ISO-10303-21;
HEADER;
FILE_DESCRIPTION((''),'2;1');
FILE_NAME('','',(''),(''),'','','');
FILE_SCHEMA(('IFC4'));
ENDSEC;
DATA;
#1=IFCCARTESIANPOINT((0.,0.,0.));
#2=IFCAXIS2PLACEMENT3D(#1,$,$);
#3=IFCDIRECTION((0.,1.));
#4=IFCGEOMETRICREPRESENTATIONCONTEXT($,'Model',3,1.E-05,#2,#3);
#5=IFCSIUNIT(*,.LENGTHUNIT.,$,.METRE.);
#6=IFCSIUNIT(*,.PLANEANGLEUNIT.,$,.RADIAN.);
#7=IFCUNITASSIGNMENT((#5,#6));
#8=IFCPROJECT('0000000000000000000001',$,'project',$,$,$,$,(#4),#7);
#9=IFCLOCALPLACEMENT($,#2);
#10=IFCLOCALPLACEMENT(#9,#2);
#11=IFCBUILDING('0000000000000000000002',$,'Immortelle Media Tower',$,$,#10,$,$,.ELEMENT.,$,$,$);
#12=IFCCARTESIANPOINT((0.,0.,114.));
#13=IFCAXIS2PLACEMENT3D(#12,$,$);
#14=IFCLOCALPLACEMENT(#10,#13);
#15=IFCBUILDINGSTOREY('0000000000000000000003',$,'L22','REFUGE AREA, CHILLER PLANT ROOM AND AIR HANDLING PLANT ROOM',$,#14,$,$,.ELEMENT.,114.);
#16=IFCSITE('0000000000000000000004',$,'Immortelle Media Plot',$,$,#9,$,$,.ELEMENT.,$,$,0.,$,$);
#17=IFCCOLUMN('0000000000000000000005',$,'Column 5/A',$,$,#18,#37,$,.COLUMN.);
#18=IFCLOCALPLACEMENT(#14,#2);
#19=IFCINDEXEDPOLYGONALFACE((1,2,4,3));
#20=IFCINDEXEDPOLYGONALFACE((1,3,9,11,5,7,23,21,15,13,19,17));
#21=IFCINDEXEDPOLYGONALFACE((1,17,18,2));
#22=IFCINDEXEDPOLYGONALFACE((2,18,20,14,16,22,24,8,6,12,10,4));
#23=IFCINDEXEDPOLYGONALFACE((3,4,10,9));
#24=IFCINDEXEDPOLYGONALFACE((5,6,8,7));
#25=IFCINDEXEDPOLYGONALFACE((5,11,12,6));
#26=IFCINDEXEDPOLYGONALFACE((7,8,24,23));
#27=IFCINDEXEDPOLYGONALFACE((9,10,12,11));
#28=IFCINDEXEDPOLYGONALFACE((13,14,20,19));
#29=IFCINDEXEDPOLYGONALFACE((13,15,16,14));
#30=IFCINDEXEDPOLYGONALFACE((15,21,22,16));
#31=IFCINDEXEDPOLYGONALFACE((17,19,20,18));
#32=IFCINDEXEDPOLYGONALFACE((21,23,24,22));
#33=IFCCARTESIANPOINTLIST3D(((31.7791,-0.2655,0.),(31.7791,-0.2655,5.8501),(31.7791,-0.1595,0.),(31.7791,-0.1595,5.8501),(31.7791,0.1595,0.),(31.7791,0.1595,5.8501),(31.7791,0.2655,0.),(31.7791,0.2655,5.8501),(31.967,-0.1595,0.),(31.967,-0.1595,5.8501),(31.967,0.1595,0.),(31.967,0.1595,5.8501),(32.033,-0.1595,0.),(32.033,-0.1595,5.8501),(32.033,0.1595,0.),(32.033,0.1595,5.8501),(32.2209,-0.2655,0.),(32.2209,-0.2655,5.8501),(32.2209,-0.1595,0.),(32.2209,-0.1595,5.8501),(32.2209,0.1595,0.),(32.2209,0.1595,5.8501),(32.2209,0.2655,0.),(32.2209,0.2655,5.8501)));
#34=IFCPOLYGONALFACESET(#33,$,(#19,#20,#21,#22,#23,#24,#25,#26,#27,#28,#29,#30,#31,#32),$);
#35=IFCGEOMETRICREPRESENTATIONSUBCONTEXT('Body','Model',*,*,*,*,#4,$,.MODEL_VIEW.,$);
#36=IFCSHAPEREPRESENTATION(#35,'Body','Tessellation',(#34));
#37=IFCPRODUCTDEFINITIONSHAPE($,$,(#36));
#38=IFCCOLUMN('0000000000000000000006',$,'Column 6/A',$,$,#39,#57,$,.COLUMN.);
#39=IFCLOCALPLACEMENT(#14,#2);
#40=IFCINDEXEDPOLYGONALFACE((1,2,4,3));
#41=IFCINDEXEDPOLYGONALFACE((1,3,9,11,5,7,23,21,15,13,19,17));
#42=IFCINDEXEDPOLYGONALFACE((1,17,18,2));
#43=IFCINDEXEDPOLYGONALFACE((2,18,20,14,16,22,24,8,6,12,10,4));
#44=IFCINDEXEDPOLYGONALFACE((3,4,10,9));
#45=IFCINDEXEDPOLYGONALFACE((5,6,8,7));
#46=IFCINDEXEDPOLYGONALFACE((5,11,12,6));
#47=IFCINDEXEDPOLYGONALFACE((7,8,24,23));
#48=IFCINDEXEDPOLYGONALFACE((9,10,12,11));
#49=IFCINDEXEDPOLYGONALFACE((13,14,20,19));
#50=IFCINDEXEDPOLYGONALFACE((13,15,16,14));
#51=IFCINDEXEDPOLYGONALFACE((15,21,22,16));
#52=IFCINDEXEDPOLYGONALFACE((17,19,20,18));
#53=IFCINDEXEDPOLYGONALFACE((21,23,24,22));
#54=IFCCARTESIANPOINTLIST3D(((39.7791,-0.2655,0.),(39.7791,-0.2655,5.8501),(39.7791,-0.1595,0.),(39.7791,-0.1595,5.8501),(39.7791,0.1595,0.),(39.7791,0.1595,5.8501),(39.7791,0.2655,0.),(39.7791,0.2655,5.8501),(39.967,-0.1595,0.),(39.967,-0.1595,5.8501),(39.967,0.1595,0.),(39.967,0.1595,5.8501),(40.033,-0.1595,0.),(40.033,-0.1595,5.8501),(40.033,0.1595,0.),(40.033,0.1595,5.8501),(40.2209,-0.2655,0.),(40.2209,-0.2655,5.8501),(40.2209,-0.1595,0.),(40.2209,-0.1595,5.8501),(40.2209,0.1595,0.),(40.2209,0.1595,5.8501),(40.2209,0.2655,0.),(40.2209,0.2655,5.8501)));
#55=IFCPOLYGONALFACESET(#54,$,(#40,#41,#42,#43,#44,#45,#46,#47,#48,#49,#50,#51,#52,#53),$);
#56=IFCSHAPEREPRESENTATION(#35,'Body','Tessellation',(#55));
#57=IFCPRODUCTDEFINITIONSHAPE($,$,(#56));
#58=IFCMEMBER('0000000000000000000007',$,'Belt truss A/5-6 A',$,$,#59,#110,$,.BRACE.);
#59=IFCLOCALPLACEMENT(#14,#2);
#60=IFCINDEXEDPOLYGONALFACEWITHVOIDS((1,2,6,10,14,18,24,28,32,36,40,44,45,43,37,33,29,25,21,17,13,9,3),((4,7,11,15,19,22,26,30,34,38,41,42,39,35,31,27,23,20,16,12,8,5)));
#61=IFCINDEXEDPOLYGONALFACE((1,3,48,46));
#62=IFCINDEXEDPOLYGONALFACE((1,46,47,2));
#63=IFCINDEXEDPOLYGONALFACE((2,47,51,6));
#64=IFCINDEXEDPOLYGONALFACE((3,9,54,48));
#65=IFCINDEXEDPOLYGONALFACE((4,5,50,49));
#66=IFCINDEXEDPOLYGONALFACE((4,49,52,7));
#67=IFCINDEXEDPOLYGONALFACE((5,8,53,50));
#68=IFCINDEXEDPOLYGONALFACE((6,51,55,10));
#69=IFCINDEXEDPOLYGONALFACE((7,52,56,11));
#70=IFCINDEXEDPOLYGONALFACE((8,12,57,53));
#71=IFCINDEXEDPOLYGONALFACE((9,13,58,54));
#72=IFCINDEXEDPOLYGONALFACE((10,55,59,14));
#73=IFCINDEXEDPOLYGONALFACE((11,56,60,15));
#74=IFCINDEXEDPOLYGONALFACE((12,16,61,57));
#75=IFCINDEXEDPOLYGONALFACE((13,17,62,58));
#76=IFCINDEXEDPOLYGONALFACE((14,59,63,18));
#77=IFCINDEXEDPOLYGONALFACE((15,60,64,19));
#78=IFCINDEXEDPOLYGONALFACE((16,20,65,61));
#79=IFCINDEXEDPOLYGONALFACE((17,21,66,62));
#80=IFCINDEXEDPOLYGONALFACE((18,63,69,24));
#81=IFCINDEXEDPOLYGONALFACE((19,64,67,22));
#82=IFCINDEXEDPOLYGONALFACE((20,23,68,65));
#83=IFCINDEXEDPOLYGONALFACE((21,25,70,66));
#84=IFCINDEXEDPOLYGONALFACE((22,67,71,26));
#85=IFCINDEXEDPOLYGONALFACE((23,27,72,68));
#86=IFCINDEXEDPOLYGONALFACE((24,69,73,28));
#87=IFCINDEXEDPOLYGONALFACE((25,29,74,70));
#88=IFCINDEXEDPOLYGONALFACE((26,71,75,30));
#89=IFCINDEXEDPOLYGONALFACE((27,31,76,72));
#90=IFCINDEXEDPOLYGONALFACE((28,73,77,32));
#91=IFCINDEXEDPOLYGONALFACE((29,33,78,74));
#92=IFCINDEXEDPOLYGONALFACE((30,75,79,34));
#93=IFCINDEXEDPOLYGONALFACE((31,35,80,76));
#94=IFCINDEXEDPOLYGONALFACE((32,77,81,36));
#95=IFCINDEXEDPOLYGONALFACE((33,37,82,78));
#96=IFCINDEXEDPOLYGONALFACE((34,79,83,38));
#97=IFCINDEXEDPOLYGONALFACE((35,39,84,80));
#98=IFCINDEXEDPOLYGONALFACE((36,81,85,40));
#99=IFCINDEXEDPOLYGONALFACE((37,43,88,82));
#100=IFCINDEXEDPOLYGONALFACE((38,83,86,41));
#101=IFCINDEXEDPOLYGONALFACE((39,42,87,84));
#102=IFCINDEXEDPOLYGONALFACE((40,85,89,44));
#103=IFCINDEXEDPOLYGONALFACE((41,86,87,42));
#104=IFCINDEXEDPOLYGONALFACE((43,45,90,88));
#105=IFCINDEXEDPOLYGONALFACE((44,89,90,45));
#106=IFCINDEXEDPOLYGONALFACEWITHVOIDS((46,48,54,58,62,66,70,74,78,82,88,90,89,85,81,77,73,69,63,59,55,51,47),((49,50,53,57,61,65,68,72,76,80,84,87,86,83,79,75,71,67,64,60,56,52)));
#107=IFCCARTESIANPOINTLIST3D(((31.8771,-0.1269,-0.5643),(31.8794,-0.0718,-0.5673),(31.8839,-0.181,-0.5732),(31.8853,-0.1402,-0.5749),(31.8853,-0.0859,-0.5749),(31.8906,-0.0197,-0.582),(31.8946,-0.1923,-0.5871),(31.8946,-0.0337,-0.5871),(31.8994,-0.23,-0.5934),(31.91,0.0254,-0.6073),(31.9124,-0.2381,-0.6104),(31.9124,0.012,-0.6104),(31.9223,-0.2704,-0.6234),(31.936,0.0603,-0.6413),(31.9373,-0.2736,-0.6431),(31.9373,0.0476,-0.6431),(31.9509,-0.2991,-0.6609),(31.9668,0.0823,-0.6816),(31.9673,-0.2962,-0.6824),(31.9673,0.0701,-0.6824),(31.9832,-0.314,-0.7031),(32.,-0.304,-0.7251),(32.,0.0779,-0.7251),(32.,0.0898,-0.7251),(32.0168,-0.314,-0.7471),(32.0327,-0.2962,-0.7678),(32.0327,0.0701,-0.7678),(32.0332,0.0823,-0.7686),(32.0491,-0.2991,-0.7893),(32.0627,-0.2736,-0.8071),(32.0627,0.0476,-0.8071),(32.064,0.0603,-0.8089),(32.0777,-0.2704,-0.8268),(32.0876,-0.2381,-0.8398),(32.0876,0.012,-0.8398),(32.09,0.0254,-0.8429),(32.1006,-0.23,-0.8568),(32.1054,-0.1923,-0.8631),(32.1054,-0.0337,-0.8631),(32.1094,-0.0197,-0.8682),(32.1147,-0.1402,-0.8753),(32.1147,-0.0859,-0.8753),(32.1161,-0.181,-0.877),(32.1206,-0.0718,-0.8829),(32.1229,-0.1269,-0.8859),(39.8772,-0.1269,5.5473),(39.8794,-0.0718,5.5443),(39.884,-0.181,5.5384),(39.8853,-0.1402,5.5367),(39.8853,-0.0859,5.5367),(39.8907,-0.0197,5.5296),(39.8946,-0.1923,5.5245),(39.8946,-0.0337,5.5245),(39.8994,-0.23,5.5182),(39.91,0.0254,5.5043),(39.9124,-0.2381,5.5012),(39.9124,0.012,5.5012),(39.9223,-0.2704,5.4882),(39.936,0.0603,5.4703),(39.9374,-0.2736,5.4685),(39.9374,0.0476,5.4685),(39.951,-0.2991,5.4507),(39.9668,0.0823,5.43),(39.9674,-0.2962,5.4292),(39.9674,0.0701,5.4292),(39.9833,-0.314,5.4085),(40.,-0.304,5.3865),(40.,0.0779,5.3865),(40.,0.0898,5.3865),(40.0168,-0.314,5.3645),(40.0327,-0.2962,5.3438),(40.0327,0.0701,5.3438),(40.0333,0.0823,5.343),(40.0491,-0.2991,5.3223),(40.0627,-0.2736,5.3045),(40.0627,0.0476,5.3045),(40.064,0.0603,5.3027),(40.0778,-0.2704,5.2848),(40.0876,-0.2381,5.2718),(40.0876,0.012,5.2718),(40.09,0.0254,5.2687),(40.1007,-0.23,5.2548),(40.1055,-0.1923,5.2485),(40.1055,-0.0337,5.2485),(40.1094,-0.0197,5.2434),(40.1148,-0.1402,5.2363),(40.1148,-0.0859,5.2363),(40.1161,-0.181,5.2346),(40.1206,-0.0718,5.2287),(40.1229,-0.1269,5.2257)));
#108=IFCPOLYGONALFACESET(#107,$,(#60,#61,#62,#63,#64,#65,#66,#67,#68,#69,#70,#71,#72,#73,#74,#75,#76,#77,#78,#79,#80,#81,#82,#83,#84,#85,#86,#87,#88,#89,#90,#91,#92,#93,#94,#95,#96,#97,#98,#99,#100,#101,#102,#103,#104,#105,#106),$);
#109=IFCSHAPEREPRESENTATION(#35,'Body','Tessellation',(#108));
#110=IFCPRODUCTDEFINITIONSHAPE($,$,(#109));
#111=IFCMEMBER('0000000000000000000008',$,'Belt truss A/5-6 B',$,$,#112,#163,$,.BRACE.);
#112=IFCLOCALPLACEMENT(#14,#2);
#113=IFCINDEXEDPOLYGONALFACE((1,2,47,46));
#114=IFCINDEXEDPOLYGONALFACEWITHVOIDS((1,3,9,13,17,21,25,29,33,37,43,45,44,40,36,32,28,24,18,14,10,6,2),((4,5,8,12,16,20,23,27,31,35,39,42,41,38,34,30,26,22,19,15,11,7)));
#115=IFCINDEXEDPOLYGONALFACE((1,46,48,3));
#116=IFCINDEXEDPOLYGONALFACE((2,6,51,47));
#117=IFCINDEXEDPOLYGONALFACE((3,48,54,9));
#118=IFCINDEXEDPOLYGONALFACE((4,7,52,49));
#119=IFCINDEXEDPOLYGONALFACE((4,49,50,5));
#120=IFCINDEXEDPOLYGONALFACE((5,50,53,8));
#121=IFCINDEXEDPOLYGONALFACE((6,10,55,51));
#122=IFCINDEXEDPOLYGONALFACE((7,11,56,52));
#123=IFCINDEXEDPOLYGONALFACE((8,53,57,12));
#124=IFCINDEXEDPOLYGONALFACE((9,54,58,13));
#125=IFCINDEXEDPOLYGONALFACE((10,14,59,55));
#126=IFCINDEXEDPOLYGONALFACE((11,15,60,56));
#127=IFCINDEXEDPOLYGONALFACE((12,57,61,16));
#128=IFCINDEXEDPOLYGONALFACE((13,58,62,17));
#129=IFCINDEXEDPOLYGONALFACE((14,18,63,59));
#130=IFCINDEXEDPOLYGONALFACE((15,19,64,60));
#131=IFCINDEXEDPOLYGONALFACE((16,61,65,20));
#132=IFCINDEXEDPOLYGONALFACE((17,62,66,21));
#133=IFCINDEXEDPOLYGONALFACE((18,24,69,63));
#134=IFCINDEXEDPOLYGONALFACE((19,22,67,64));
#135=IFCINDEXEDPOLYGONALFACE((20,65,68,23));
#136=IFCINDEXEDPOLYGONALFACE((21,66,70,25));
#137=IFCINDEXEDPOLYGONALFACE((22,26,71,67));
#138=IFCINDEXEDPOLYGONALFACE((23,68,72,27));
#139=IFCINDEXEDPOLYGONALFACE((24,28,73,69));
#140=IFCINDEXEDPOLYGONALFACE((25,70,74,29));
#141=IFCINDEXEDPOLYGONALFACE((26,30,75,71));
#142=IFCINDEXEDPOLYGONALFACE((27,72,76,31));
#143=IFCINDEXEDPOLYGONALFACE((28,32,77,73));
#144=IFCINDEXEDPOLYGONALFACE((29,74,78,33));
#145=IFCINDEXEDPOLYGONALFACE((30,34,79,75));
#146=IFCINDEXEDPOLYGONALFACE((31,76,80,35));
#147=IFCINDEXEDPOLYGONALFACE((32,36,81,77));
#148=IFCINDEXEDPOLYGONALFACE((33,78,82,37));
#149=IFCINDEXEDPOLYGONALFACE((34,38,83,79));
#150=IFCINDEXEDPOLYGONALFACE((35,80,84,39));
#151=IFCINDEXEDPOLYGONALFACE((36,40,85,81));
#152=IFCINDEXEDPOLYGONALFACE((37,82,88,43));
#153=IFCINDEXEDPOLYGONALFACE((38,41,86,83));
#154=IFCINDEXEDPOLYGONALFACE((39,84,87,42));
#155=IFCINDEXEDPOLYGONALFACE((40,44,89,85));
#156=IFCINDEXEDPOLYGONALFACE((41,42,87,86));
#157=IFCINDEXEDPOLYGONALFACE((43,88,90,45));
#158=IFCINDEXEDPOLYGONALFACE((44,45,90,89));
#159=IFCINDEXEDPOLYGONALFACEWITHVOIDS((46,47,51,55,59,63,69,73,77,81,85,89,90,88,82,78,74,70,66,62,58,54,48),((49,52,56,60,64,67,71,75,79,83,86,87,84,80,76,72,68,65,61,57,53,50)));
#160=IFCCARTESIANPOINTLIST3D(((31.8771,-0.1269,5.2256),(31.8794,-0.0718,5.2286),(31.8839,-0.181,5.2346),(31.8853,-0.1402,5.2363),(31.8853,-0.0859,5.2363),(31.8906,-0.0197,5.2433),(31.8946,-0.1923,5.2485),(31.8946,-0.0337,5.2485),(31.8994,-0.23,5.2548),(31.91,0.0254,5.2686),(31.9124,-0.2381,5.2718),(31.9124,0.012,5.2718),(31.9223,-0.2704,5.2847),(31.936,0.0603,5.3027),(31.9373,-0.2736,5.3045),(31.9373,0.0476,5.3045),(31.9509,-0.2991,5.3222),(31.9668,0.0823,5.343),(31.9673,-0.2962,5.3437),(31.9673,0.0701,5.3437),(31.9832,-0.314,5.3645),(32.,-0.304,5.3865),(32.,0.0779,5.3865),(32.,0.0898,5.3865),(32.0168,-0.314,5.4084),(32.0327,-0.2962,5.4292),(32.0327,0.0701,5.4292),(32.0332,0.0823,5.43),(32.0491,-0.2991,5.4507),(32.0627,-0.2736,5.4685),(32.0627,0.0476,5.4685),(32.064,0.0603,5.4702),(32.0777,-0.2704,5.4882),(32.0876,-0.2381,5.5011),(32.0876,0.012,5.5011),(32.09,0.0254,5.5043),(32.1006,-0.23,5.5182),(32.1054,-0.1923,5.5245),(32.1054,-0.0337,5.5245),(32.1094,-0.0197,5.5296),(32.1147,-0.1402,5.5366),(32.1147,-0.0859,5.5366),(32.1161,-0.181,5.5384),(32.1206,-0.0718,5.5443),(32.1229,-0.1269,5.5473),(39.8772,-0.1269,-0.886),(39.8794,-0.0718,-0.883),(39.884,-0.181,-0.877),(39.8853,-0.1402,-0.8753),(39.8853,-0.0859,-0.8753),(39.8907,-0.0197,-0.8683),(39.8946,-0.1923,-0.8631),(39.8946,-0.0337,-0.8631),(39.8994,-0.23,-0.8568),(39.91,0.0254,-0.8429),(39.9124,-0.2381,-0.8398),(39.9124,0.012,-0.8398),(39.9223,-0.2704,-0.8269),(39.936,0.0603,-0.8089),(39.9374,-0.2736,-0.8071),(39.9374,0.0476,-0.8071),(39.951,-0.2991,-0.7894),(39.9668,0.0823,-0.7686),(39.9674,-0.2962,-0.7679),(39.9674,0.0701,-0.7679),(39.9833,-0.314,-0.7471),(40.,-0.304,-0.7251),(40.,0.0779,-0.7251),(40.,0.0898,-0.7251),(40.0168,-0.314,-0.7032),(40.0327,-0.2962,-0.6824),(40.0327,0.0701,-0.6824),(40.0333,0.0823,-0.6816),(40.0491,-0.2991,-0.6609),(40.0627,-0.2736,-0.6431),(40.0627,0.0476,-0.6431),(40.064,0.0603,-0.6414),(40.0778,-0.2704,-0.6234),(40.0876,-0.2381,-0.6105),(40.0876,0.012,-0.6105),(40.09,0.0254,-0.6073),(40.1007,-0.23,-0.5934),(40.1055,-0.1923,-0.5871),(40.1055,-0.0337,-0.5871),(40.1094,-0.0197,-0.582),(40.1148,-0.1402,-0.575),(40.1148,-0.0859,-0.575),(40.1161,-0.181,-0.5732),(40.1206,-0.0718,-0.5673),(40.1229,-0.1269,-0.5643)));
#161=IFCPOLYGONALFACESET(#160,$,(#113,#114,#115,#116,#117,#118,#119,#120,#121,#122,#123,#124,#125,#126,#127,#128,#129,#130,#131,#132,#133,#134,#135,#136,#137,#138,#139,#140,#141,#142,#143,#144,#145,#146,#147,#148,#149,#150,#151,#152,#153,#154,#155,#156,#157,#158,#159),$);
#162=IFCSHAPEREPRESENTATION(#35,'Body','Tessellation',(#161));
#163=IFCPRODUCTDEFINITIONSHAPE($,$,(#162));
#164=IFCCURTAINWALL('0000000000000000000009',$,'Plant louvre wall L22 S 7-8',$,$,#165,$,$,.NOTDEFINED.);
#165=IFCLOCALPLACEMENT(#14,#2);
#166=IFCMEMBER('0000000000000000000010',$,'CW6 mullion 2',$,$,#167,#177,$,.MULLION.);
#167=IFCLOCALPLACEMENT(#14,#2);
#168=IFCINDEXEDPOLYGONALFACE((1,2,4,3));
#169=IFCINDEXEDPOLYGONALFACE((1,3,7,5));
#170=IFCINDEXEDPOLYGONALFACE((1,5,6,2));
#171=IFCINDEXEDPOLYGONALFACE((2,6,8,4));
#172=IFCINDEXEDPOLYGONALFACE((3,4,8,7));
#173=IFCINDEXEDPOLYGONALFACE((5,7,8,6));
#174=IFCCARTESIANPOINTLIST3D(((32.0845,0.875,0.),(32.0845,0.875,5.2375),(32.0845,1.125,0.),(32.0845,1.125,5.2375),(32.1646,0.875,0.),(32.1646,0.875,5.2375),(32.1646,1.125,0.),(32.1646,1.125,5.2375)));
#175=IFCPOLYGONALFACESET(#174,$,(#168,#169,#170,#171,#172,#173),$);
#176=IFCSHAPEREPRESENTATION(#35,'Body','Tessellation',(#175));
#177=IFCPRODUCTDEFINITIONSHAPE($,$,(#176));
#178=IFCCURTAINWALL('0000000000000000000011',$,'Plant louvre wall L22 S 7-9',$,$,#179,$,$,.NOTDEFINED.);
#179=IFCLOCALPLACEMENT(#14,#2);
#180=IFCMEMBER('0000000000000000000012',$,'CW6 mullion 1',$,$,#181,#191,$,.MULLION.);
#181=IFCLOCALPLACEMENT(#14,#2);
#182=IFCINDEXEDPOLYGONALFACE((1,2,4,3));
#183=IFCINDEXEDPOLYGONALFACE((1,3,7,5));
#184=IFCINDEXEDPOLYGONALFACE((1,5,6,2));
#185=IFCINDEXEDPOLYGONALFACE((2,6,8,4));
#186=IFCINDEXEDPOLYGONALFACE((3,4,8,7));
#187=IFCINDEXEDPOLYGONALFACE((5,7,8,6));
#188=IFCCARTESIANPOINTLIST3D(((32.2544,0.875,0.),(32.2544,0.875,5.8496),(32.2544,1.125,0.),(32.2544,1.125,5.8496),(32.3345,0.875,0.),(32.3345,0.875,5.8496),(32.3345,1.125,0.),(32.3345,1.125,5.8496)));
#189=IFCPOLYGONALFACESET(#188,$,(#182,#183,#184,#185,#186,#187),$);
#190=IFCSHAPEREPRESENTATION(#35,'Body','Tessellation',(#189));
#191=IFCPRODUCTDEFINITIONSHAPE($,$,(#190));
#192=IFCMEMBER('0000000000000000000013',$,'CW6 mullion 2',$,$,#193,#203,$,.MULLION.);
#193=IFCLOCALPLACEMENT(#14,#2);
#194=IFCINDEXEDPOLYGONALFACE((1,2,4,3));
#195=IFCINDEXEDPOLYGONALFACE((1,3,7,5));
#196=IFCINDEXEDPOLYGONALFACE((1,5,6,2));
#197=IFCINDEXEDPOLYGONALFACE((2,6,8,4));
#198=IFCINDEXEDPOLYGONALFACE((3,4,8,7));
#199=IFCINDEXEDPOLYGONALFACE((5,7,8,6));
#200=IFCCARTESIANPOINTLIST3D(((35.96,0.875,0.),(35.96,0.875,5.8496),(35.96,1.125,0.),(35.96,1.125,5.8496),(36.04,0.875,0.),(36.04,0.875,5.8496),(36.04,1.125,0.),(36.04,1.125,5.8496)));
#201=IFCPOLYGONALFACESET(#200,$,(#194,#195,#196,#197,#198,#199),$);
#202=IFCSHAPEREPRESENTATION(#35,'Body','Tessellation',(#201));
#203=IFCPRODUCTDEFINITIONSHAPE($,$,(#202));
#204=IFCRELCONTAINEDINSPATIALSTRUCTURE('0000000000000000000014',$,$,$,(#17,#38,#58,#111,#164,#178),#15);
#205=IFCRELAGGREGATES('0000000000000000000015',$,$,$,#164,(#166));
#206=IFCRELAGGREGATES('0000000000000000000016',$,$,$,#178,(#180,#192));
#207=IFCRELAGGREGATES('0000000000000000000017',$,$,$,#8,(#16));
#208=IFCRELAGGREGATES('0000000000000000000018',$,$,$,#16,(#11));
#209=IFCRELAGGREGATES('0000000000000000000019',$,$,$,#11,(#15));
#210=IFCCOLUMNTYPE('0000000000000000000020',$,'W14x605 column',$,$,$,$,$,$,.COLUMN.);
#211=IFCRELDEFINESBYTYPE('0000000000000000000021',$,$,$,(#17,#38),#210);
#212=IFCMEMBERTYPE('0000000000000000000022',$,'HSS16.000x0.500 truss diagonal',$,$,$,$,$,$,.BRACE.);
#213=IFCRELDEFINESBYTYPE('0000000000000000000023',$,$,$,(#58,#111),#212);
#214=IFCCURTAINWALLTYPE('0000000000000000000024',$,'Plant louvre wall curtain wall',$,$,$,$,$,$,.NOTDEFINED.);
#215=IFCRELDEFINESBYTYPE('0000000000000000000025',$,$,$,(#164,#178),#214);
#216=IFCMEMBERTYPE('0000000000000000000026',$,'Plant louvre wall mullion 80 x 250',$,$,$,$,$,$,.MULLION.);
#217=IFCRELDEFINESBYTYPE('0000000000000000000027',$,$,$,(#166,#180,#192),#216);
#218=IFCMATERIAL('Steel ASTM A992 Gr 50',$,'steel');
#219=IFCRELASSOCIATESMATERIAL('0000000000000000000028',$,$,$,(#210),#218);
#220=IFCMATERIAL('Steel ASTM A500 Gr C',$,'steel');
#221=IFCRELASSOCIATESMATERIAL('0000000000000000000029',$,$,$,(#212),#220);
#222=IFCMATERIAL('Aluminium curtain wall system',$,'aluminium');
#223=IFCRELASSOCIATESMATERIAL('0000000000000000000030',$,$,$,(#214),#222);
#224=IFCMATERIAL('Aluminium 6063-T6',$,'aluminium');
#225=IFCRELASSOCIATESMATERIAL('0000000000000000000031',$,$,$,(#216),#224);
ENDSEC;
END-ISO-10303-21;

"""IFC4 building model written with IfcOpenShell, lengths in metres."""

from ifc_helpers import new_model, si_unit, direction, frame, origin, origin_2d, place, context, subcontext, project, spatial, rectangle, hollow_circle, i_section, extrude, material, material_profile, profile_set, type_object, element, aggregate, save


model = new_model("IFC4")

# Units and contexts
model_context = context("Model", 3, precision=1e-05, world=origin(), true_north=direction((0.0, 1.0)))
body_context = subcontext(model_context, "Body", "Model", "MODEL_VIEW")
ifc_project = project(units=[si_unit("LENGTHUNIT", "METRE"), si_unit("PLANEANGLEUNIT", "RADIAN")], contexts=[model_context])

# Site, building, storey
site_placement = place(None, origin())
site = spatial("IfcSite", under=ifc_project, at=site_placement, Name="Immortelle Media Plot", CompositionType="ELEMENT", RefElevation=0.0)
building_placement = place(site_placement, origin())
building = spatial("IfcBuilding", under=site, at=building_placement, Name="Immortelle Media Tower", CompositionType="ELEMENT")
storey_placement = place(building_placement, frame((0.0, 0.0, 114.0)))
storey = spatial("IfcBuildingStorey", under=building, at=storey_placement, Name="L22", Description="REFUGE AREA, CHILLER PLANT ROOM AND AIR HANDLING PLANT ROOM", CompositionType="ELEMENT", Elevation=114.0)

# Columns
ifc_material_1 = material(Name="Steel ASTM A992 Gr 50", Category="steel")
ifc_material_profile_1 = material_profile(ifc_material_1, i_section(OverallWidth=0.4419, OverallDepth=0.531, WebThickness=0.0659, FlangeThickness=0.106, at=origin_2d()), Name="W14x605")
ifc_profile_set_1 = profile_set([ifc_material_profile_1], Name="Steel ASTM A992 Gr 50")
column_type = type_object("IfcColumnType", Name="W14x605 column", PredefinedType="COLUMN", material=ifc_profile_set_1)
for number, where, z_axis, x_axis, name in (
    (1, (32.0, 0.0, 0.0), (0.0, 0.0, 1.0), (1.0, 0.0, 0.0), "Column 5/A"),
    (2, (40.0, 0.0, 0.0), (0.0, 0.0, 1.0), (1.0, 0.0, 0.0), "Column 6/A"),
):
    element("IfcColumn", number, at=place(storey_placement, frame(where, z_axis=z_axis, x_axis=x_axis)), inside=storey, type_object=column_type, Name=name, PredefinedType="COLUMN", context=body_context, shape_type="SweptSolid", body=[
        extrude(i_section(OverallWidth=0.4419, OverallDepth=0.531, WebThickness=0.0659, FlangeThickness=0.106, at=origin_2d()), origin(), (0.0, 0.0, 1.0), 5.8501),
    ])

# Members
ifc_material_2 = material(Name="Steel ASTM A500 Gr C", Category="steel")
ifc_material_profile_2 = material_profile(ifc_material_2, hollow_circle(Radius=0.2029, WallThickness=0.012, at=origin_2d()), Name="HSS16.000x0.500 truss diagonal")
ifc_profile_set_2 = profile_set([ifc_material_profile_2], Name="Steel ASTM A500 Gr C")
member_type_1 = type_object("IfcMemberType", Name="HSS16.000x0.500 truss diagonal", PredefinedType="BRACE", material=ifc_profile_set_2)
for number, where, z_axis, x_axis, name in (
    (3, (32.0, -0.113, -0.7251), (0.794649, 0.0, 0.607069), (0.0, 1.0, 0.0), "Belt truss A/5-6 A"),
    (4, (32.0, -0.113, 5.3865), (0.794649, 0.0, -0.607069), (0.0, 1.0, 0.0), "Belt truss A/5-6 B"),
):
    element("IfcMember", number, at=place(storey_placement, frame(where, z_axis=z_axis, x_axis=x_axis)), inside=storey, type_object=member_type_1, Name=name, PredefinedType="BRACE", context=body_context, shape_type="SweptSolid", body=[
        extrude(hollow_circle(Radius=0.2029, WallThickness=0.012, at=origin_2d()), origin(), (0.0, 0.0, 1.0), 10.0674),
    ])

# Curtain wall, member
ifc_material_3 = material(Name="Aluminium curtain wall system", Category="aluminium")
curtain_wall_type = type_object("IfcCurtainWallType", Name="Plant louvre wall curtain wall", PredefinedType="NOTDEFINED", material=ifc_material_3)
curtain_wall_1_placement = place(storey_placement, origin())
curtain_wall_1 = element("IfcCurtainWall", 5, at=curtain_wall_1_placement, inside=storey, type_object=curtain_wall_type, Name="Plant louvre wall L22 S 7-8", PredefinedType="NOTDEFINED")
ifc_material_4 = material(Name="Aluminium 6063-T6", Category="aluminium")
ifc_material_profile_3 = material_profile(ifc_material_4, rectangle(XDim=0.25, YDim=0.0801, at=origin_2d()), Name="AL 80x250")
ifc_profile_set_3 = profile_set([ifc_material_profile_3], Name="Aluminium 6063-T6")
member_type_2 = type_object("IfcMemberType", Name="Plant louvre wall mullion 80 x 250", PredefinedType="MULLION", material=ifc_profile_set_3)
member_1_placement = place(storey_placement, frame((32.1245, 1.0, 0.0), z_axis=(0.0, 0.0, 1.0), x_axis=(0.0, 1.0, 0.0)))
member_1 = element("IfcMember", 6, at=member_1_placement, type_object=member_type_2, Name="CW6 mullion 2", PredefinedType="MULLION", context=body_context, shape_type="SweptSolid", body=[
    extrude(rectangle(XDim=0.25, YDim=0.0801, at=origin_2d()), origin(), (0.0, 0.0, 1.0), 5.2375),
])

# Curtain wall, members
curtain_wall_2_placement = place(storey_placement, origin())
curtain_wall_2 = element("IfcCurtainWall", 7, at=curtain_wall_2_placement, inside=storey, type_object=curtain_wall_type, Name="Plant louvre wall L22 S 7-9", PredefinedType="NOTDEFINED")
member_2_placement = place(storey_placement, frame((32.2944, 1.0, 0.0), z_axis=(0.0, 0.0, 1.0), x_axis=(0.0, 1.0, 0.0)))
member_2 = element("IfcMember", 8, at=member_2_placement, type_object=member_type_2, Name="CW6 mullion 1", PredefinedType="MULLION", context=body_context, shape_type="SweptSolid", body=[
    extrude(rectangle(XDim=0.25, YDim=0.0801, at=origin_2d()), origin(), (0.0, 0.0, 1.0), 5.8496),
])
member_3_placement = place(storey_placement, frame((36.0, 1.0, 0.0), z_axis=(0.0, 0.0, 1.0), x_axis=(0.0, 1.0, 0.0)))
member_3 = element("IfcMember", 9, at=member_3_placement, type_object=member_type_2, Name="CW6 mullion 2", PredefinedType="MULLION", context=body_context, shape_type="SweptSolid", body=[
    extrude(rectangle(XDim=0.25, YDim=0.0801, at=origin_2d()), origin(), (0.0, 0.0, 1.0), 5.8496),
])

aggregate(curtain_wall_1, [member_1])
aggregate(curtain_wall_2, [member_2, member_3])

save(model, "model.ifc")
